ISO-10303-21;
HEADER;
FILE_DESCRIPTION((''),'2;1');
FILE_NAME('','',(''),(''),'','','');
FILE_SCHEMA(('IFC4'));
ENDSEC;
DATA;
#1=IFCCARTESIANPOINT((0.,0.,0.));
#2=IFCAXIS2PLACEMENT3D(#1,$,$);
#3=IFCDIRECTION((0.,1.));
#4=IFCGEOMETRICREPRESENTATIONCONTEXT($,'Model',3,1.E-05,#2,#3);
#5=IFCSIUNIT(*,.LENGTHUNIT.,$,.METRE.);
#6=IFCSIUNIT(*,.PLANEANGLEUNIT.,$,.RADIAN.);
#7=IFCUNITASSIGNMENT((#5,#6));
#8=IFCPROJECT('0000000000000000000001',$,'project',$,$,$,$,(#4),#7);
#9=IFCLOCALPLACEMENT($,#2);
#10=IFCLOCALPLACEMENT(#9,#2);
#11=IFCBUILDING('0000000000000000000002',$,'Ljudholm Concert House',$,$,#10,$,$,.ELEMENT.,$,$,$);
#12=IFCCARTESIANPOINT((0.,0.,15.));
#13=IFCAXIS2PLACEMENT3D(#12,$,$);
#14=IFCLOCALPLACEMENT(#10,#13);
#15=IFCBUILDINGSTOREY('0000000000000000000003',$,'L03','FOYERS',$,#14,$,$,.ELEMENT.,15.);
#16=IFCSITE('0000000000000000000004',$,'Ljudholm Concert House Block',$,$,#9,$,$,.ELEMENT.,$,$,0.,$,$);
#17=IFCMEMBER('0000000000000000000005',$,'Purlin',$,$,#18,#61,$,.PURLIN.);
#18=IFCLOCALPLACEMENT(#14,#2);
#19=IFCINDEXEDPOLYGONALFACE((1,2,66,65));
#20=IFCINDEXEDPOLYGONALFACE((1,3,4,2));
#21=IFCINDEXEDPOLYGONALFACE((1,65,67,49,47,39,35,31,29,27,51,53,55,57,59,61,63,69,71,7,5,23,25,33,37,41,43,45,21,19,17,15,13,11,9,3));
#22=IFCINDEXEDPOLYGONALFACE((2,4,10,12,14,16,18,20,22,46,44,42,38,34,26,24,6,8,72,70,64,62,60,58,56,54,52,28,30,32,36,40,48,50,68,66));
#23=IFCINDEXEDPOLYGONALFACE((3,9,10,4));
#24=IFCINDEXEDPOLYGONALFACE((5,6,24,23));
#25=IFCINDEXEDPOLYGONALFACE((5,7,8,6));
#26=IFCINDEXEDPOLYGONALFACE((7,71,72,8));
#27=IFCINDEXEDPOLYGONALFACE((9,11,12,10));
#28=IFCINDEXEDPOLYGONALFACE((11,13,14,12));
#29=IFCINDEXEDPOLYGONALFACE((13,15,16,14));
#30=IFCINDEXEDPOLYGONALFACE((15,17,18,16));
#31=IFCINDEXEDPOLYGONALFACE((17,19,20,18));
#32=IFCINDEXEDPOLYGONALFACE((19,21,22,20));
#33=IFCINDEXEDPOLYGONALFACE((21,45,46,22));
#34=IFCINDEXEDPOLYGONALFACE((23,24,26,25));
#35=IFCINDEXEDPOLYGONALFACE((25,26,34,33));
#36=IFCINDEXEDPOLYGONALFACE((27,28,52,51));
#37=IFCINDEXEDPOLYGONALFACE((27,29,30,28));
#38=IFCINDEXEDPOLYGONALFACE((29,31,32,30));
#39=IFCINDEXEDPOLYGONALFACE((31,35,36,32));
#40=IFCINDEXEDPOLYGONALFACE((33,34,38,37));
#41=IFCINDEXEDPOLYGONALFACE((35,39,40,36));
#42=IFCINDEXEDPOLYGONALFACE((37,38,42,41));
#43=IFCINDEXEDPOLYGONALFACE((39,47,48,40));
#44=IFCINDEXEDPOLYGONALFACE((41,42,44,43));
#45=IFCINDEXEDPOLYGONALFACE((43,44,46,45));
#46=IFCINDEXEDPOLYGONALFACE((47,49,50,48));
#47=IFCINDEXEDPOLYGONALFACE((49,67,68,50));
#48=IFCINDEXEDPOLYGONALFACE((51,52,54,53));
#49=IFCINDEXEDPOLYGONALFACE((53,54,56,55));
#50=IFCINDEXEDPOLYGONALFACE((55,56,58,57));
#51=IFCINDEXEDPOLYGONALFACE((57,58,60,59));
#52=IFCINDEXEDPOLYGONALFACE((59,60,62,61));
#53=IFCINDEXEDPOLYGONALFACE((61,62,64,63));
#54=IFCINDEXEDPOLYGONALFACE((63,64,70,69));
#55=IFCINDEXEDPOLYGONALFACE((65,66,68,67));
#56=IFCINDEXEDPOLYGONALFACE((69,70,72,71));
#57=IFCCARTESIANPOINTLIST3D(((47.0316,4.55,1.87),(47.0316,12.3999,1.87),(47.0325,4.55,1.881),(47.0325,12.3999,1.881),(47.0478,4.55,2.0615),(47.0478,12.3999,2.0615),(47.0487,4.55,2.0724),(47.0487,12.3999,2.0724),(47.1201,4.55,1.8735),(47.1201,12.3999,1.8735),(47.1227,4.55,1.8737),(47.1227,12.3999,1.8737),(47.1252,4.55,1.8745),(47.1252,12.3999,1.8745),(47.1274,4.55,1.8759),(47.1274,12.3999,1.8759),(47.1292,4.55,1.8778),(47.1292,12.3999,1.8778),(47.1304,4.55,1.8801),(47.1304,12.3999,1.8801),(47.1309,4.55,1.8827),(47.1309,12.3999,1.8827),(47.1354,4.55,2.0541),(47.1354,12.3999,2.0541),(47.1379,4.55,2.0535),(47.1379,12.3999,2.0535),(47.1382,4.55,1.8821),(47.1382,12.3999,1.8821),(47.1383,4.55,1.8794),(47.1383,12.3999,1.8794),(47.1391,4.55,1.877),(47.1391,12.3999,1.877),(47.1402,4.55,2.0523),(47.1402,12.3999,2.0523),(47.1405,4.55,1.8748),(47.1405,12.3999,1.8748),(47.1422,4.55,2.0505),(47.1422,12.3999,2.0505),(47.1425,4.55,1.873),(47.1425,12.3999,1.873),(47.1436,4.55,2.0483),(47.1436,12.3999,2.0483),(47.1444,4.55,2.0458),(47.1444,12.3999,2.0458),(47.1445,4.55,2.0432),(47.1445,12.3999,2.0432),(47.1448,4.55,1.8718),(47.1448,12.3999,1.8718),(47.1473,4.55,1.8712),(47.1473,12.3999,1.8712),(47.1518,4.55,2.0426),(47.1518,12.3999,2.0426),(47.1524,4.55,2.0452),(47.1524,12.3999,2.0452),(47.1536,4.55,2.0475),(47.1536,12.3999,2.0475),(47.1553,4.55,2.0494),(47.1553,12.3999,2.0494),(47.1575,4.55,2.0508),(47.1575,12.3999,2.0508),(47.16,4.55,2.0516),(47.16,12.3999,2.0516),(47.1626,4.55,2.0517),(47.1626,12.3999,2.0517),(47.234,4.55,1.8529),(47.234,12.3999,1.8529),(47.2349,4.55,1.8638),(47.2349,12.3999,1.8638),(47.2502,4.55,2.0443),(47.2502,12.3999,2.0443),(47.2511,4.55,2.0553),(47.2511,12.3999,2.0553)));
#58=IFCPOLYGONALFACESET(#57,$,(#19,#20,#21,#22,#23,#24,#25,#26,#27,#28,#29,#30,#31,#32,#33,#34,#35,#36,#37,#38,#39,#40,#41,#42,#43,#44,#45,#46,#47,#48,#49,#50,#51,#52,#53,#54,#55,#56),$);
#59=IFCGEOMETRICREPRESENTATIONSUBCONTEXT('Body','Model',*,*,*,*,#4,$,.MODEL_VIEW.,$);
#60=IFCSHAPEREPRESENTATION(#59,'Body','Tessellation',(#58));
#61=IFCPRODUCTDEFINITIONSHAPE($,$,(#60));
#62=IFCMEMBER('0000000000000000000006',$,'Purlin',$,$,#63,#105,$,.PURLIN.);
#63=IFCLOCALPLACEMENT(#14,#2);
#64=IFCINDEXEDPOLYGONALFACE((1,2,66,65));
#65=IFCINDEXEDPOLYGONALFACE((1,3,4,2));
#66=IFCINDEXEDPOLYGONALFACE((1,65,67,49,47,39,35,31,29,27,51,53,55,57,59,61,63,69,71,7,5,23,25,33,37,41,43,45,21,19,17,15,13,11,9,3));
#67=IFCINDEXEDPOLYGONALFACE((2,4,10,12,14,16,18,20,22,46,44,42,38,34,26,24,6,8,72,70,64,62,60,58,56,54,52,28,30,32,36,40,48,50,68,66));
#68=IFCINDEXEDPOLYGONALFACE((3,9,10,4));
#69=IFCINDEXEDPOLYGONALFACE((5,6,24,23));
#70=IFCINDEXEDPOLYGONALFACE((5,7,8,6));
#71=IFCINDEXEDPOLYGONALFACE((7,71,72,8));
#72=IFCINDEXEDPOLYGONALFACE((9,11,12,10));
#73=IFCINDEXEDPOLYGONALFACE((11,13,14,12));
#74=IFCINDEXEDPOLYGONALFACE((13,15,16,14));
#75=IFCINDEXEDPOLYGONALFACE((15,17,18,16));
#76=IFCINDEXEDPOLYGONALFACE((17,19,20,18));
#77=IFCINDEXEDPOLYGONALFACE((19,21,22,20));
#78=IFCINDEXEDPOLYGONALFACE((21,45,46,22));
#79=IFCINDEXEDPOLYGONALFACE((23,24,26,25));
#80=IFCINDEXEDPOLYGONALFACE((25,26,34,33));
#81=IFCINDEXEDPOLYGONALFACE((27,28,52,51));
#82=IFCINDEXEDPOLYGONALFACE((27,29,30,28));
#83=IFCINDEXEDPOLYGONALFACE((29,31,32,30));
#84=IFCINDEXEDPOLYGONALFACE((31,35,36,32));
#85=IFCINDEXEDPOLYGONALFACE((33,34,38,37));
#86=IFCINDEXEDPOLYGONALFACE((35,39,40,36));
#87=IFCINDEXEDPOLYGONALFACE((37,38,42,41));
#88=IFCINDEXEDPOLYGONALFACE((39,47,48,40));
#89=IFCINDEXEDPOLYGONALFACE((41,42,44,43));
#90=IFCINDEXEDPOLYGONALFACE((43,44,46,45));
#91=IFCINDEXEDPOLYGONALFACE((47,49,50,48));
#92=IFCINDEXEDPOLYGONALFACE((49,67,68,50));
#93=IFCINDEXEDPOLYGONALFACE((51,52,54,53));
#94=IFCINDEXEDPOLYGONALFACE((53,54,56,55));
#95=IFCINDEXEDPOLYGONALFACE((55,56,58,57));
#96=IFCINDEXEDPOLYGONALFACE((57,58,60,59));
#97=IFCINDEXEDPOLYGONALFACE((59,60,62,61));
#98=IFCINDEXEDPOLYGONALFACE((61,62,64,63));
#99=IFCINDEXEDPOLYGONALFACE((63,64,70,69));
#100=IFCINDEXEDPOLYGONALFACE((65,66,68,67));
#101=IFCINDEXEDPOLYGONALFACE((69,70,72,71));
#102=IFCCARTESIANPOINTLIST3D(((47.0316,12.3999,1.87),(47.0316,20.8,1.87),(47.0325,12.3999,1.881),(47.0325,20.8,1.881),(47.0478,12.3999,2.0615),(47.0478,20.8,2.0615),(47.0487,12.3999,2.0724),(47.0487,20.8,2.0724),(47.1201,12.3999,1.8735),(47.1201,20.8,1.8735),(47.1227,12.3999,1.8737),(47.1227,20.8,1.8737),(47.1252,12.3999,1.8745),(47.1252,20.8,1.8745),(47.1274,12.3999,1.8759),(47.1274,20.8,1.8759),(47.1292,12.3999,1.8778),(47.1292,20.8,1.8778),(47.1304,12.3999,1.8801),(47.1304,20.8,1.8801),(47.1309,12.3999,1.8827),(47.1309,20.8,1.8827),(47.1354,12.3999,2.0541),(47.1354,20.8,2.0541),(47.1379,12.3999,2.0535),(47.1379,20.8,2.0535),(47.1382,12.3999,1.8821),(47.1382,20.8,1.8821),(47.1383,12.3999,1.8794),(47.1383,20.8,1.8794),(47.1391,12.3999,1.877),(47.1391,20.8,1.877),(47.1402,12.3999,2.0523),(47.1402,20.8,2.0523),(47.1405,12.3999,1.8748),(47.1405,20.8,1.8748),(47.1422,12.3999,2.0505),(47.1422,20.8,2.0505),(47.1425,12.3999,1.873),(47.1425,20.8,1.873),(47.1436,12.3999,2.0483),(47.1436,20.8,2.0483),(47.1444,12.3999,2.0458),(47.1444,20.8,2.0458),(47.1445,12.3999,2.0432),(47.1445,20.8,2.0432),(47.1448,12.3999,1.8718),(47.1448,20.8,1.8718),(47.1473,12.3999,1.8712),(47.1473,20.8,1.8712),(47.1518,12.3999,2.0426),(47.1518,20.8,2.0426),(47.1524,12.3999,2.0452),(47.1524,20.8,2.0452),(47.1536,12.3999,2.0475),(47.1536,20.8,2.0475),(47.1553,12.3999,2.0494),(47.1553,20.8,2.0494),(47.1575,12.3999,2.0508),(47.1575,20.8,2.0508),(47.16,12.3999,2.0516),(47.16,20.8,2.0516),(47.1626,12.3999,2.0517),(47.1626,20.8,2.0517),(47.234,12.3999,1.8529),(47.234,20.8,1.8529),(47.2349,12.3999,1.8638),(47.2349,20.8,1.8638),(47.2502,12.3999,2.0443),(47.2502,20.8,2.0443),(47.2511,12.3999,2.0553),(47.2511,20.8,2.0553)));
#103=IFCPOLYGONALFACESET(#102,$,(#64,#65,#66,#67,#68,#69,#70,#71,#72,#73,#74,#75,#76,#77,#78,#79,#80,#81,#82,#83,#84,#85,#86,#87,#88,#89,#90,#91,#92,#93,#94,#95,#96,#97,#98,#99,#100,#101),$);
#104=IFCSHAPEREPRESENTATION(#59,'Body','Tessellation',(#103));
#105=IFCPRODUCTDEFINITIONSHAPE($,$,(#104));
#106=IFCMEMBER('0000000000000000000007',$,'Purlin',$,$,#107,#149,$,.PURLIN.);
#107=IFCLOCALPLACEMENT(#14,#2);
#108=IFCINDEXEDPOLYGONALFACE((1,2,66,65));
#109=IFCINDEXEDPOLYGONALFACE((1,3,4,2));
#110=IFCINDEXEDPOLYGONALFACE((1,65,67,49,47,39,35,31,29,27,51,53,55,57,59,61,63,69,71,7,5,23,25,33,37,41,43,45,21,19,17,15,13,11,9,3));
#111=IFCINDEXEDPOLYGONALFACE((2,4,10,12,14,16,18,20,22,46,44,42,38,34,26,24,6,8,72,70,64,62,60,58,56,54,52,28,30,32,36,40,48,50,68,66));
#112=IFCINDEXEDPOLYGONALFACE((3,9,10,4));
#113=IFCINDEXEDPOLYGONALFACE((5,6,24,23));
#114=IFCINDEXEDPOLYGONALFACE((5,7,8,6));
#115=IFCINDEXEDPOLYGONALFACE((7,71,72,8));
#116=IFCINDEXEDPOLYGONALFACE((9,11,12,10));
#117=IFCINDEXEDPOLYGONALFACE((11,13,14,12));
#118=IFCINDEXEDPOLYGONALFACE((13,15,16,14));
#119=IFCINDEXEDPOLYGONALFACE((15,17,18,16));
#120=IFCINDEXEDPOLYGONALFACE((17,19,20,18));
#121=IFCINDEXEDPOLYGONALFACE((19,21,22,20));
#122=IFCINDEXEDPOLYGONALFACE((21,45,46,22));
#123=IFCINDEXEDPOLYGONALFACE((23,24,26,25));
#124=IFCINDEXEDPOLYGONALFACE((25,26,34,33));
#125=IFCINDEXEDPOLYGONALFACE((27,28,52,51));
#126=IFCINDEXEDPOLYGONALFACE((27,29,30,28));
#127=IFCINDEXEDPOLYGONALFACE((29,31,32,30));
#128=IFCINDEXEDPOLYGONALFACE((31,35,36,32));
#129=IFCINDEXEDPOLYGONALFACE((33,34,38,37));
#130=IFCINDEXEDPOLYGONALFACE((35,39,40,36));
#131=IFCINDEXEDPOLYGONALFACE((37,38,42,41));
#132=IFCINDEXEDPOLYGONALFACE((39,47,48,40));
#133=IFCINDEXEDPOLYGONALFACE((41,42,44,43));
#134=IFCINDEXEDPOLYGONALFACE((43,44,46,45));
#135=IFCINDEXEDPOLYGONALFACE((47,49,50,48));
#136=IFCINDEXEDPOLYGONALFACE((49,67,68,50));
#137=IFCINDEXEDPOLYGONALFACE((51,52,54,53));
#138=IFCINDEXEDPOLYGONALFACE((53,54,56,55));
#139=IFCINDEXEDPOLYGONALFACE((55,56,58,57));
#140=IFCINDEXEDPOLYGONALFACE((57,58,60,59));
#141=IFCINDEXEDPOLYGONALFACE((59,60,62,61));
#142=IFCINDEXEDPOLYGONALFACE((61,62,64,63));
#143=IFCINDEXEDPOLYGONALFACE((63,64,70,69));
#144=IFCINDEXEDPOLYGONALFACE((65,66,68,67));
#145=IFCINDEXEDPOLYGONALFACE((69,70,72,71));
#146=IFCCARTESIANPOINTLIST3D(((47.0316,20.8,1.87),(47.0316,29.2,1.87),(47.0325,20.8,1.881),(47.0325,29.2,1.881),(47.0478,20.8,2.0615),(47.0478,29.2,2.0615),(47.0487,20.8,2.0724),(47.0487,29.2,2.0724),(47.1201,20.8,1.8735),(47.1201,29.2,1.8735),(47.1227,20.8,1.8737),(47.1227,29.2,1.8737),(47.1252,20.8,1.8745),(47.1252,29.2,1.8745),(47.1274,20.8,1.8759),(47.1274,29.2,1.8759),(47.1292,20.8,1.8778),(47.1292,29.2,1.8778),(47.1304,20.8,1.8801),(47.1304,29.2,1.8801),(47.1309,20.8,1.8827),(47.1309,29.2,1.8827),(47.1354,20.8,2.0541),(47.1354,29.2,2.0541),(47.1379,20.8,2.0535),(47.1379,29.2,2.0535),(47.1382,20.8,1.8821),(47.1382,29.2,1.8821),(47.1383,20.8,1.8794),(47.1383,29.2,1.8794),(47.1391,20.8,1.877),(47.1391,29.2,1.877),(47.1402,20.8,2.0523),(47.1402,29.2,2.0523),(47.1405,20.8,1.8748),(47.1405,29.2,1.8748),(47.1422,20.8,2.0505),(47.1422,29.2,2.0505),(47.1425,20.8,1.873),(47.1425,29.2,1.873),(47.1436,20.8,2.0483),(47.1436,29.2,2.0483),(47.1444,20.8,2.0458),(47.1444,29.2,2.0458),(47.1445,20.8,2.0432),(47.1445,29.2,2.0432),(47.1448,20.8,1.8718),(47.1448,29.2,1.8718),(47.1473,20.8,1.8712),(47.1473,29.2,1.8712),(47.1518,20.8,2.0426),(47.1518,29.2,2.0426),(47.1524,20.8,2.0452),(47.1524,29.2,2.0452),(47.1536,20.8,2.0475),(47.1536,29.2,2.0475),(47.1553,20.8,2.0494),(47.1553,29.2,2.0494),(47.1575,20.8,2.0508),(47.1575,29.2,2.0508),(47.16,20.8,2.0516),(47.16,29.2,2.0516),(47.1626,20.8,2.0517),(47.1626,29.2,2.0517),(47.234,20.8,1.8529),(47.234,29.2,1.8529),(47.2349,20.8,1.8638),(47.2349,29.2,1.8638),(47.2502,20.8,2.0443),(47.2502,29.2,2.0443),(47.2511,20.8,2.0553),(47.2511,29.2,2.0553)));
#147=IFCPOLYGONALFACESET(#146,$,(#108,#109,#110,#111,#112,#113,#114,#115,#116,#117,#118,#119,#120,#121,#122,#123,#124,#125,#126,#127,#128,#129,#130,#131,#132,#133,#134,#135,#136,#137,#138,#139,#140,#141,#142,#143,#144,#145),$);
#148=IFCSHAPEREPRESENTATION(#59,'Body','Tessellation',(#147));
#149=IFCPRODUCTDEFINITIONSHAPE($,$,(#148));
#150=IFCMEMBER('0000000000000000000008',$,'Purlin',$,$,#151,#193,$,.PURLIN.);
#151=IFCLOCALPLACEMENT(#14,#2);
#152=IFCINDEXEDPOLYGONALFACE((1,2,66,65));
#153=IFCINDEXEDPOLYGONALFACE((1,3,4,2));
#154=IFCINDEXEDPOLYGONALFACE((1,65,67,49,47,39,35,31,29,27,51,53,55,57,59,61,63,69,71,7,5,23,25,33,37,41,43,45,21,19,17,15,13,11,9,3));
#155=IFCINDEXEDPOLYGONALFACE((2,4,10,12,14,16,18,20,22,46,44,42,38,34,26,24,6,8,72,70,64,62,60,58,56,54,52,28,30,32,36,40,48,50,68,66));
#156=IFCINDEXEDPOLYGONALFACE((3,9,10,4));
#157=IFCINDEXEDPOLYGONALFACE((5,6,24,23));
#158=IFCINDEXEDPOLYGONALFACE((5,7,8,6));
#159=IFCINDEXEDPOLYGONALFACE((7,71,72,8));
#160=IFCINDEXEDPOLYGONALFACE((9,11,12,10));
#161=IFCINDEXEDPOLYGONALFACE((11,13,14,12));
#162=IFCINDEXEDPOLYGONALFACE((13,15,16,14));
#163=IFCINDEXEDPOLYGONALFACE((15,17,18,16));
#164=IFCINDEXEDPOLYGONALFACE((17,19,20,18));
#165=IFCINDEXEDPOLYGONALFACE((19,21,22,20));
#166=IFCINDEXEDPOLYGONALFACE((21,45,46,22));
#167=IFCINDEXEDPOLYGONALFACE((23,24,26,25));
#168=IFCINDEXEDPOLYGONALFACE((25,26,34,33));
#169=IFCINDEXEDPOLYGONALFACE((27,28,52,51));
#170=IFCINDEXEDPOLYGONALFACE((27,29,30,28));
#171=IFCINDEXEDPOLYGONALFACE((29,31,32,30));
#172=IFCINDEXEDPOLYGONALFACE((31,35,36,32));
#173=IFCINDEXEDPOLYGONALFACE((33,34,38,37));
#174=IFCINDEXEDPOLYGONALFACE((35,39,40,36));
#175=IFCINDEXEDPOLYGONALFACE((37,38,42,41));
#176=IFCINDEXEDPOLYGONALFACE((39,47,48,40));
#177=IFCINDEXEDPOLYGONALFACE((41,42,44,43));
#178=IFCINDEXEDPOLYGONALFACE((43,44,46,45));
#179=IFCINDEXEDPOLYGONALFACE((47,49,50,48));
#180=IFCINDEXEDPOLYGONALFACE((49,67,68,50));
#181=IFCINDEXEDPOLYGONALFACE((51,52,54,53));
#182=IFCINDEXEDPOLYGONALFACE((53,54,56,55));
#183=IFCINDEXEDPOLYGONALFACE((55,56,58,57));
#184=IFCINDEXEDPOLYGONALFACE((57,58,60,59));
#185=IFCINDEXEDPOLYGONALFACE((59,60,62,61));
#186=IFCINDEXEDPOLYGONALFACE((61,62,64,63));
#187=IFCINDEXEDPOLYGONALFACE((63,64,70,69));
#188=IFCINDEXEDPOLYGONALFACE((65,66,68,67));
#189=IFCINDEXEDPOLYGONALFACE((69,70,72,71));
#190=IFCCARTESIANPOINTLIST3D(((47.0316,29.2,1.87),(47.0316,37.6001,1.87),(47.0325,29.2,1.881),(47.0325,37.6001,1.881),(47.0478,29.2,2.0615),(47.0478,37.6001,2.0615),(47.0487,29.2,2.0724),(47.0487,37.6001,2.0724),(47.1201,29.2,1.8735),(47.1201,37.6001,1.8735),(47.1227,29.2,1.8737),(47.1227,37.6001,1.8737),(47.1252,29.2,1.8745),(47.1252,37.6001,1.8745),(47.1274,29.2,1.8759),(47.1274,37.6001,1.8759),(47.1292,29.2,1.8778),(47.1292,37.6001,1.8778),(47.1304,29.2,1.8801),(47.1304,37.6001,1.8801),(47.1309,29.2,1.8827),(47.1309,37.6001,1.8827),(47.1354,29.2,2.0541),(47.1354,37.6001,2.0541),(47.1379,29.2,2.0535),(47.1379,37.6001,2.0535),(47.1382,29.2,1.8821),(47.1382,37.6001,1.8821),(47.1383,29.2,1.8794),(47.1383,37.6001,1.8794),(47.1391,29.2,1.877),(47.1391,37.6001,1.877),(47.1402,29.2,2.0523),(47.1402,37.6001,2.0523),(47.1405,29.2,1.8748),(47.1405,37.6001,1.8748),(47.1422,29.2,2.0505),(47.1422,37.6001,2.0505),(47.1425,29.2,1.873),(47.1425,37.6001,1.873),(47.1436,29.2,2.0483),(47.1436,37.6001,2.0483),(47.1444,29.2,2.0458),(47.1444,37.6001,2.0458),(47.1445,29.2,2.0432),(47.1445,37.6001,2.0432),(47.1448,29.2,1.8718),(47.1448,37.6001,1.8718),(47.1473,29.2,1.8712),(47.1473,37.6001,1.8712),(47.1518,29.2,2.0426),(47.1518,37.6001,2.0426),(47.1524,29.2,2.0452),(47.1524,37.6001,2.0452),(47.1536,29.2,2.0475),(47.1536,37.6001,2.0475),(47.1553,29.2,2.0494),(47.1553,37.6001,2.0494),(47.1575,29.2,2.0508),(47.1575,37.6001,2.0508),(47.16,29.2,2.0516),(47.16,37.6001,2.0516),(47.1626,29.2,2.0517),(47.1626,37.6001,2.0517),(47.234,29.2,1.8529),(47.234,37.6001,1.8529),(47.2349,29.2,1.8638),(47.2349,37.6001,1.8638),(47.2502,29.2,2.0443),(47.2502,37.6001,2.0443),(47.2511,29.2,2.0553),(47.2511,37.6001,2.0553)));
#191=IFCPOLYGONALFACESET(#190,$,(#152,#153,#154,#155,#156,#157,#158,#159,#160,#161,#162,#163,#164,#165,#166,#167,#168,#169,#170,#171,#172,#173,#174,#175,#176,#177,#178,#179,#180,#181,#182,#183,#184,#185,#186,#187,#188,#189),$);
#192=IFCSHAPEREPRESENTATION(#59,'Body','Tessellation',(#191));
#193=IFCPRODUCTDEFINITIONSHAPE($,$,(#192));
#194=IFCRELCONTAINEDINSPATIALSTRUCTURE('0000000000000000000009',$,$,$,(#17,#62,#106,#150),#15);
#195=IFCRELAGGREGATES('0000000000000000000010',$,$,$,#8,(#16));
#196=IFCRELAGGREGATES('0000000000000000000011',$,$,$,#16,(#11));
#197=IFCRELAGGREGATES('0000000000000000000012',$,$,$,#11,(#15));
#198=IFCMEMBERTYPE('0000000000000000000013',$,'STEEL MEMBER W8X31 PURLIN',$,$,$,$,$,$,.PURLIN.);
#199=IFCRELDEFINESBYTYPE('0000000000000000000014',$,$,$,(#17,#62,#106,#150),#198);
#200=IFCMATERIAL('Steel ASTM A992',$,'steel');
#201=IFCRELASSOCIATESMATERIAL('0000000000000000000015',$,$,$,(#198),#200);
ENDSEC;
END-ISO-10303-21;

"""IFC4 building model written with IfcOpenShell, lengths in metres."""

from ifc_helpers import new_model, si_unit, direction, frame, origin, origin_2d, place, context, subcontext, project, spatial, i_section, extrude, material, material_profile, profile_set, type_object, element, save


model = new_model("IFC4")

# Units and contexts
model_context = context("Model", 3, precision=1e-05, world=origin(), true_north=direction((0.0, 1.0)))
body_context = subcontext(model_context, "Body", "Model", "MODEL_VIEW")
ifc_project = project(units=[si_unit("LENGTHUNIT", "METRE"), si_unit("PLANEANGLEUNIT", "RADIAN")], contexts=[model_context])

# Site, building, storey
site_placement = place(None, origin())
site = spatial("IfcSite", under=ifc_project, at=site_placement, Name="Ljudholm Concert House Block", CompositionType="ELEMENT", RefElevation=0.0)
building_placement = place(site_placement, origin())
building = spatial("IfcBuilding", under=site, at=building_placement, Name="Ljudholm Concert House", CompositionType="ELEMENT")
storey_placement = place(building_placement, frame((0.0, 0.0, 15.0)))
storey = spatial("IfcBuildingStorey", under=building, at=storey_placement, Name="L03", Description="FOYERS", CompositionType="ELEMENT", Elevation=15.0)

# Members
ifc_material_1 = material(Name="Steel ASTM A992", Category="steel")
ifc_material_profile = material_profile(ifc_material_1, i_section(OverallWidth=0.2031, OverallDepth=0.2031, WebThickness=0.0073, FlangeThickness=0.011, FilletRadius=0.01, at=origin_2d()), Name="W8X31")
ifc_profile_set = profile_set([ifc_material_profile], Name="Steel ASTM A992")
member_type = type_object("IfcMemberType", Name="STEEL MEMBER W8X31 PURLIN", PredefinedType="PURLIN", material=ifc_profile_set)
member_1_placement = place(storey_placement, frame((47.1414, 4.55, 1.9626), z_axis=(0.0, 1.0, 0.0), x_axis=(-0.996441, 0.0, 0.084291)))
element("IfcMember", 1, at=member_1_placement, inside=storey, type_object=member_type, Name="Purlin", PredefinedType="PURLIN", context=body_context, shape_type="SweptSolid", body=[
    extrude(i_section(OverallWidth=0.2031, OverallDepth=0.2031, WebThickness=0.0073, FlangeThickness=0.011, FilletRadius=0.01, at=origin_2d()), origin(), (0.0, 0.0, 1.0), 7.8499),
])
member_2_placement = place(storey_placement, frame((47.1414, 12.3999, 1.9626), z_axis=(0.0, 1.0, 0.0), x_axis=(-0.996441, 0.0, 0.084291)))
element("IfcMember", 2, at=member_2_placement, inside=storey, type_object=member_type, Name="Purlin", PredefinedType="PURLIN", context=body_context, shape_type="SweptSolid", body=[
    extrude(i_section(OverallWidth=0.2031, OverallDepth=0.2031, WebThickness=0.0073, FlangeThickness=0.011, FilletRadius=0.01, at=origin_2d()), origin(), (0.0, 0.0, 1.0), 8.4001),
])
member_3_placement = place(storey_placement, frame((47.1414, 20.8, 1.9626), z_axis=(0.0, 1.0, 0.0), x_axis=(-0.996441, 0.0, 0.084291)))
element("IfcMember", 3, at=member_3_placement, inside=storey, type_object=member_type, Name="Purlin", PredefinedType="PURLIN", context=body_context, shape_type="SweptSolid", body=[
    extrude(i_section(OverallWidth=0.2031, OverallDepth=0.2031, WebThickness=0.0073, FlangeThickness=0.011, FilletRadius=0.01, at=origin_2d()), origin(), (0.0, 0.0, 1.0), 8.3999),
])
member_4_placement = place(storey_placement, frame((47.1414, 29.2, 1.9626), z_axis=(0.0, 1.0, 0.0), x_axis=(-0.996441, 0.0, 0.084291)))
element("IfcMember", 4, at=member_4_placement, inside=storey, type_object=member_type, Name="Purlin", PredefinedType="PURLIN", context=body_context, shape_type="SweptSolid", body=[
    extrude(i_section(OverallWidth=0.2031, OverallDepth=0.2031, WebThickness=0.0073, FlangeThickness=0.011, FilletRadius=0.01, at=origin_2d()), origin(), (0.0, 0.0, 1.0), 8.4001),
])

save(model, "model.ifc")
